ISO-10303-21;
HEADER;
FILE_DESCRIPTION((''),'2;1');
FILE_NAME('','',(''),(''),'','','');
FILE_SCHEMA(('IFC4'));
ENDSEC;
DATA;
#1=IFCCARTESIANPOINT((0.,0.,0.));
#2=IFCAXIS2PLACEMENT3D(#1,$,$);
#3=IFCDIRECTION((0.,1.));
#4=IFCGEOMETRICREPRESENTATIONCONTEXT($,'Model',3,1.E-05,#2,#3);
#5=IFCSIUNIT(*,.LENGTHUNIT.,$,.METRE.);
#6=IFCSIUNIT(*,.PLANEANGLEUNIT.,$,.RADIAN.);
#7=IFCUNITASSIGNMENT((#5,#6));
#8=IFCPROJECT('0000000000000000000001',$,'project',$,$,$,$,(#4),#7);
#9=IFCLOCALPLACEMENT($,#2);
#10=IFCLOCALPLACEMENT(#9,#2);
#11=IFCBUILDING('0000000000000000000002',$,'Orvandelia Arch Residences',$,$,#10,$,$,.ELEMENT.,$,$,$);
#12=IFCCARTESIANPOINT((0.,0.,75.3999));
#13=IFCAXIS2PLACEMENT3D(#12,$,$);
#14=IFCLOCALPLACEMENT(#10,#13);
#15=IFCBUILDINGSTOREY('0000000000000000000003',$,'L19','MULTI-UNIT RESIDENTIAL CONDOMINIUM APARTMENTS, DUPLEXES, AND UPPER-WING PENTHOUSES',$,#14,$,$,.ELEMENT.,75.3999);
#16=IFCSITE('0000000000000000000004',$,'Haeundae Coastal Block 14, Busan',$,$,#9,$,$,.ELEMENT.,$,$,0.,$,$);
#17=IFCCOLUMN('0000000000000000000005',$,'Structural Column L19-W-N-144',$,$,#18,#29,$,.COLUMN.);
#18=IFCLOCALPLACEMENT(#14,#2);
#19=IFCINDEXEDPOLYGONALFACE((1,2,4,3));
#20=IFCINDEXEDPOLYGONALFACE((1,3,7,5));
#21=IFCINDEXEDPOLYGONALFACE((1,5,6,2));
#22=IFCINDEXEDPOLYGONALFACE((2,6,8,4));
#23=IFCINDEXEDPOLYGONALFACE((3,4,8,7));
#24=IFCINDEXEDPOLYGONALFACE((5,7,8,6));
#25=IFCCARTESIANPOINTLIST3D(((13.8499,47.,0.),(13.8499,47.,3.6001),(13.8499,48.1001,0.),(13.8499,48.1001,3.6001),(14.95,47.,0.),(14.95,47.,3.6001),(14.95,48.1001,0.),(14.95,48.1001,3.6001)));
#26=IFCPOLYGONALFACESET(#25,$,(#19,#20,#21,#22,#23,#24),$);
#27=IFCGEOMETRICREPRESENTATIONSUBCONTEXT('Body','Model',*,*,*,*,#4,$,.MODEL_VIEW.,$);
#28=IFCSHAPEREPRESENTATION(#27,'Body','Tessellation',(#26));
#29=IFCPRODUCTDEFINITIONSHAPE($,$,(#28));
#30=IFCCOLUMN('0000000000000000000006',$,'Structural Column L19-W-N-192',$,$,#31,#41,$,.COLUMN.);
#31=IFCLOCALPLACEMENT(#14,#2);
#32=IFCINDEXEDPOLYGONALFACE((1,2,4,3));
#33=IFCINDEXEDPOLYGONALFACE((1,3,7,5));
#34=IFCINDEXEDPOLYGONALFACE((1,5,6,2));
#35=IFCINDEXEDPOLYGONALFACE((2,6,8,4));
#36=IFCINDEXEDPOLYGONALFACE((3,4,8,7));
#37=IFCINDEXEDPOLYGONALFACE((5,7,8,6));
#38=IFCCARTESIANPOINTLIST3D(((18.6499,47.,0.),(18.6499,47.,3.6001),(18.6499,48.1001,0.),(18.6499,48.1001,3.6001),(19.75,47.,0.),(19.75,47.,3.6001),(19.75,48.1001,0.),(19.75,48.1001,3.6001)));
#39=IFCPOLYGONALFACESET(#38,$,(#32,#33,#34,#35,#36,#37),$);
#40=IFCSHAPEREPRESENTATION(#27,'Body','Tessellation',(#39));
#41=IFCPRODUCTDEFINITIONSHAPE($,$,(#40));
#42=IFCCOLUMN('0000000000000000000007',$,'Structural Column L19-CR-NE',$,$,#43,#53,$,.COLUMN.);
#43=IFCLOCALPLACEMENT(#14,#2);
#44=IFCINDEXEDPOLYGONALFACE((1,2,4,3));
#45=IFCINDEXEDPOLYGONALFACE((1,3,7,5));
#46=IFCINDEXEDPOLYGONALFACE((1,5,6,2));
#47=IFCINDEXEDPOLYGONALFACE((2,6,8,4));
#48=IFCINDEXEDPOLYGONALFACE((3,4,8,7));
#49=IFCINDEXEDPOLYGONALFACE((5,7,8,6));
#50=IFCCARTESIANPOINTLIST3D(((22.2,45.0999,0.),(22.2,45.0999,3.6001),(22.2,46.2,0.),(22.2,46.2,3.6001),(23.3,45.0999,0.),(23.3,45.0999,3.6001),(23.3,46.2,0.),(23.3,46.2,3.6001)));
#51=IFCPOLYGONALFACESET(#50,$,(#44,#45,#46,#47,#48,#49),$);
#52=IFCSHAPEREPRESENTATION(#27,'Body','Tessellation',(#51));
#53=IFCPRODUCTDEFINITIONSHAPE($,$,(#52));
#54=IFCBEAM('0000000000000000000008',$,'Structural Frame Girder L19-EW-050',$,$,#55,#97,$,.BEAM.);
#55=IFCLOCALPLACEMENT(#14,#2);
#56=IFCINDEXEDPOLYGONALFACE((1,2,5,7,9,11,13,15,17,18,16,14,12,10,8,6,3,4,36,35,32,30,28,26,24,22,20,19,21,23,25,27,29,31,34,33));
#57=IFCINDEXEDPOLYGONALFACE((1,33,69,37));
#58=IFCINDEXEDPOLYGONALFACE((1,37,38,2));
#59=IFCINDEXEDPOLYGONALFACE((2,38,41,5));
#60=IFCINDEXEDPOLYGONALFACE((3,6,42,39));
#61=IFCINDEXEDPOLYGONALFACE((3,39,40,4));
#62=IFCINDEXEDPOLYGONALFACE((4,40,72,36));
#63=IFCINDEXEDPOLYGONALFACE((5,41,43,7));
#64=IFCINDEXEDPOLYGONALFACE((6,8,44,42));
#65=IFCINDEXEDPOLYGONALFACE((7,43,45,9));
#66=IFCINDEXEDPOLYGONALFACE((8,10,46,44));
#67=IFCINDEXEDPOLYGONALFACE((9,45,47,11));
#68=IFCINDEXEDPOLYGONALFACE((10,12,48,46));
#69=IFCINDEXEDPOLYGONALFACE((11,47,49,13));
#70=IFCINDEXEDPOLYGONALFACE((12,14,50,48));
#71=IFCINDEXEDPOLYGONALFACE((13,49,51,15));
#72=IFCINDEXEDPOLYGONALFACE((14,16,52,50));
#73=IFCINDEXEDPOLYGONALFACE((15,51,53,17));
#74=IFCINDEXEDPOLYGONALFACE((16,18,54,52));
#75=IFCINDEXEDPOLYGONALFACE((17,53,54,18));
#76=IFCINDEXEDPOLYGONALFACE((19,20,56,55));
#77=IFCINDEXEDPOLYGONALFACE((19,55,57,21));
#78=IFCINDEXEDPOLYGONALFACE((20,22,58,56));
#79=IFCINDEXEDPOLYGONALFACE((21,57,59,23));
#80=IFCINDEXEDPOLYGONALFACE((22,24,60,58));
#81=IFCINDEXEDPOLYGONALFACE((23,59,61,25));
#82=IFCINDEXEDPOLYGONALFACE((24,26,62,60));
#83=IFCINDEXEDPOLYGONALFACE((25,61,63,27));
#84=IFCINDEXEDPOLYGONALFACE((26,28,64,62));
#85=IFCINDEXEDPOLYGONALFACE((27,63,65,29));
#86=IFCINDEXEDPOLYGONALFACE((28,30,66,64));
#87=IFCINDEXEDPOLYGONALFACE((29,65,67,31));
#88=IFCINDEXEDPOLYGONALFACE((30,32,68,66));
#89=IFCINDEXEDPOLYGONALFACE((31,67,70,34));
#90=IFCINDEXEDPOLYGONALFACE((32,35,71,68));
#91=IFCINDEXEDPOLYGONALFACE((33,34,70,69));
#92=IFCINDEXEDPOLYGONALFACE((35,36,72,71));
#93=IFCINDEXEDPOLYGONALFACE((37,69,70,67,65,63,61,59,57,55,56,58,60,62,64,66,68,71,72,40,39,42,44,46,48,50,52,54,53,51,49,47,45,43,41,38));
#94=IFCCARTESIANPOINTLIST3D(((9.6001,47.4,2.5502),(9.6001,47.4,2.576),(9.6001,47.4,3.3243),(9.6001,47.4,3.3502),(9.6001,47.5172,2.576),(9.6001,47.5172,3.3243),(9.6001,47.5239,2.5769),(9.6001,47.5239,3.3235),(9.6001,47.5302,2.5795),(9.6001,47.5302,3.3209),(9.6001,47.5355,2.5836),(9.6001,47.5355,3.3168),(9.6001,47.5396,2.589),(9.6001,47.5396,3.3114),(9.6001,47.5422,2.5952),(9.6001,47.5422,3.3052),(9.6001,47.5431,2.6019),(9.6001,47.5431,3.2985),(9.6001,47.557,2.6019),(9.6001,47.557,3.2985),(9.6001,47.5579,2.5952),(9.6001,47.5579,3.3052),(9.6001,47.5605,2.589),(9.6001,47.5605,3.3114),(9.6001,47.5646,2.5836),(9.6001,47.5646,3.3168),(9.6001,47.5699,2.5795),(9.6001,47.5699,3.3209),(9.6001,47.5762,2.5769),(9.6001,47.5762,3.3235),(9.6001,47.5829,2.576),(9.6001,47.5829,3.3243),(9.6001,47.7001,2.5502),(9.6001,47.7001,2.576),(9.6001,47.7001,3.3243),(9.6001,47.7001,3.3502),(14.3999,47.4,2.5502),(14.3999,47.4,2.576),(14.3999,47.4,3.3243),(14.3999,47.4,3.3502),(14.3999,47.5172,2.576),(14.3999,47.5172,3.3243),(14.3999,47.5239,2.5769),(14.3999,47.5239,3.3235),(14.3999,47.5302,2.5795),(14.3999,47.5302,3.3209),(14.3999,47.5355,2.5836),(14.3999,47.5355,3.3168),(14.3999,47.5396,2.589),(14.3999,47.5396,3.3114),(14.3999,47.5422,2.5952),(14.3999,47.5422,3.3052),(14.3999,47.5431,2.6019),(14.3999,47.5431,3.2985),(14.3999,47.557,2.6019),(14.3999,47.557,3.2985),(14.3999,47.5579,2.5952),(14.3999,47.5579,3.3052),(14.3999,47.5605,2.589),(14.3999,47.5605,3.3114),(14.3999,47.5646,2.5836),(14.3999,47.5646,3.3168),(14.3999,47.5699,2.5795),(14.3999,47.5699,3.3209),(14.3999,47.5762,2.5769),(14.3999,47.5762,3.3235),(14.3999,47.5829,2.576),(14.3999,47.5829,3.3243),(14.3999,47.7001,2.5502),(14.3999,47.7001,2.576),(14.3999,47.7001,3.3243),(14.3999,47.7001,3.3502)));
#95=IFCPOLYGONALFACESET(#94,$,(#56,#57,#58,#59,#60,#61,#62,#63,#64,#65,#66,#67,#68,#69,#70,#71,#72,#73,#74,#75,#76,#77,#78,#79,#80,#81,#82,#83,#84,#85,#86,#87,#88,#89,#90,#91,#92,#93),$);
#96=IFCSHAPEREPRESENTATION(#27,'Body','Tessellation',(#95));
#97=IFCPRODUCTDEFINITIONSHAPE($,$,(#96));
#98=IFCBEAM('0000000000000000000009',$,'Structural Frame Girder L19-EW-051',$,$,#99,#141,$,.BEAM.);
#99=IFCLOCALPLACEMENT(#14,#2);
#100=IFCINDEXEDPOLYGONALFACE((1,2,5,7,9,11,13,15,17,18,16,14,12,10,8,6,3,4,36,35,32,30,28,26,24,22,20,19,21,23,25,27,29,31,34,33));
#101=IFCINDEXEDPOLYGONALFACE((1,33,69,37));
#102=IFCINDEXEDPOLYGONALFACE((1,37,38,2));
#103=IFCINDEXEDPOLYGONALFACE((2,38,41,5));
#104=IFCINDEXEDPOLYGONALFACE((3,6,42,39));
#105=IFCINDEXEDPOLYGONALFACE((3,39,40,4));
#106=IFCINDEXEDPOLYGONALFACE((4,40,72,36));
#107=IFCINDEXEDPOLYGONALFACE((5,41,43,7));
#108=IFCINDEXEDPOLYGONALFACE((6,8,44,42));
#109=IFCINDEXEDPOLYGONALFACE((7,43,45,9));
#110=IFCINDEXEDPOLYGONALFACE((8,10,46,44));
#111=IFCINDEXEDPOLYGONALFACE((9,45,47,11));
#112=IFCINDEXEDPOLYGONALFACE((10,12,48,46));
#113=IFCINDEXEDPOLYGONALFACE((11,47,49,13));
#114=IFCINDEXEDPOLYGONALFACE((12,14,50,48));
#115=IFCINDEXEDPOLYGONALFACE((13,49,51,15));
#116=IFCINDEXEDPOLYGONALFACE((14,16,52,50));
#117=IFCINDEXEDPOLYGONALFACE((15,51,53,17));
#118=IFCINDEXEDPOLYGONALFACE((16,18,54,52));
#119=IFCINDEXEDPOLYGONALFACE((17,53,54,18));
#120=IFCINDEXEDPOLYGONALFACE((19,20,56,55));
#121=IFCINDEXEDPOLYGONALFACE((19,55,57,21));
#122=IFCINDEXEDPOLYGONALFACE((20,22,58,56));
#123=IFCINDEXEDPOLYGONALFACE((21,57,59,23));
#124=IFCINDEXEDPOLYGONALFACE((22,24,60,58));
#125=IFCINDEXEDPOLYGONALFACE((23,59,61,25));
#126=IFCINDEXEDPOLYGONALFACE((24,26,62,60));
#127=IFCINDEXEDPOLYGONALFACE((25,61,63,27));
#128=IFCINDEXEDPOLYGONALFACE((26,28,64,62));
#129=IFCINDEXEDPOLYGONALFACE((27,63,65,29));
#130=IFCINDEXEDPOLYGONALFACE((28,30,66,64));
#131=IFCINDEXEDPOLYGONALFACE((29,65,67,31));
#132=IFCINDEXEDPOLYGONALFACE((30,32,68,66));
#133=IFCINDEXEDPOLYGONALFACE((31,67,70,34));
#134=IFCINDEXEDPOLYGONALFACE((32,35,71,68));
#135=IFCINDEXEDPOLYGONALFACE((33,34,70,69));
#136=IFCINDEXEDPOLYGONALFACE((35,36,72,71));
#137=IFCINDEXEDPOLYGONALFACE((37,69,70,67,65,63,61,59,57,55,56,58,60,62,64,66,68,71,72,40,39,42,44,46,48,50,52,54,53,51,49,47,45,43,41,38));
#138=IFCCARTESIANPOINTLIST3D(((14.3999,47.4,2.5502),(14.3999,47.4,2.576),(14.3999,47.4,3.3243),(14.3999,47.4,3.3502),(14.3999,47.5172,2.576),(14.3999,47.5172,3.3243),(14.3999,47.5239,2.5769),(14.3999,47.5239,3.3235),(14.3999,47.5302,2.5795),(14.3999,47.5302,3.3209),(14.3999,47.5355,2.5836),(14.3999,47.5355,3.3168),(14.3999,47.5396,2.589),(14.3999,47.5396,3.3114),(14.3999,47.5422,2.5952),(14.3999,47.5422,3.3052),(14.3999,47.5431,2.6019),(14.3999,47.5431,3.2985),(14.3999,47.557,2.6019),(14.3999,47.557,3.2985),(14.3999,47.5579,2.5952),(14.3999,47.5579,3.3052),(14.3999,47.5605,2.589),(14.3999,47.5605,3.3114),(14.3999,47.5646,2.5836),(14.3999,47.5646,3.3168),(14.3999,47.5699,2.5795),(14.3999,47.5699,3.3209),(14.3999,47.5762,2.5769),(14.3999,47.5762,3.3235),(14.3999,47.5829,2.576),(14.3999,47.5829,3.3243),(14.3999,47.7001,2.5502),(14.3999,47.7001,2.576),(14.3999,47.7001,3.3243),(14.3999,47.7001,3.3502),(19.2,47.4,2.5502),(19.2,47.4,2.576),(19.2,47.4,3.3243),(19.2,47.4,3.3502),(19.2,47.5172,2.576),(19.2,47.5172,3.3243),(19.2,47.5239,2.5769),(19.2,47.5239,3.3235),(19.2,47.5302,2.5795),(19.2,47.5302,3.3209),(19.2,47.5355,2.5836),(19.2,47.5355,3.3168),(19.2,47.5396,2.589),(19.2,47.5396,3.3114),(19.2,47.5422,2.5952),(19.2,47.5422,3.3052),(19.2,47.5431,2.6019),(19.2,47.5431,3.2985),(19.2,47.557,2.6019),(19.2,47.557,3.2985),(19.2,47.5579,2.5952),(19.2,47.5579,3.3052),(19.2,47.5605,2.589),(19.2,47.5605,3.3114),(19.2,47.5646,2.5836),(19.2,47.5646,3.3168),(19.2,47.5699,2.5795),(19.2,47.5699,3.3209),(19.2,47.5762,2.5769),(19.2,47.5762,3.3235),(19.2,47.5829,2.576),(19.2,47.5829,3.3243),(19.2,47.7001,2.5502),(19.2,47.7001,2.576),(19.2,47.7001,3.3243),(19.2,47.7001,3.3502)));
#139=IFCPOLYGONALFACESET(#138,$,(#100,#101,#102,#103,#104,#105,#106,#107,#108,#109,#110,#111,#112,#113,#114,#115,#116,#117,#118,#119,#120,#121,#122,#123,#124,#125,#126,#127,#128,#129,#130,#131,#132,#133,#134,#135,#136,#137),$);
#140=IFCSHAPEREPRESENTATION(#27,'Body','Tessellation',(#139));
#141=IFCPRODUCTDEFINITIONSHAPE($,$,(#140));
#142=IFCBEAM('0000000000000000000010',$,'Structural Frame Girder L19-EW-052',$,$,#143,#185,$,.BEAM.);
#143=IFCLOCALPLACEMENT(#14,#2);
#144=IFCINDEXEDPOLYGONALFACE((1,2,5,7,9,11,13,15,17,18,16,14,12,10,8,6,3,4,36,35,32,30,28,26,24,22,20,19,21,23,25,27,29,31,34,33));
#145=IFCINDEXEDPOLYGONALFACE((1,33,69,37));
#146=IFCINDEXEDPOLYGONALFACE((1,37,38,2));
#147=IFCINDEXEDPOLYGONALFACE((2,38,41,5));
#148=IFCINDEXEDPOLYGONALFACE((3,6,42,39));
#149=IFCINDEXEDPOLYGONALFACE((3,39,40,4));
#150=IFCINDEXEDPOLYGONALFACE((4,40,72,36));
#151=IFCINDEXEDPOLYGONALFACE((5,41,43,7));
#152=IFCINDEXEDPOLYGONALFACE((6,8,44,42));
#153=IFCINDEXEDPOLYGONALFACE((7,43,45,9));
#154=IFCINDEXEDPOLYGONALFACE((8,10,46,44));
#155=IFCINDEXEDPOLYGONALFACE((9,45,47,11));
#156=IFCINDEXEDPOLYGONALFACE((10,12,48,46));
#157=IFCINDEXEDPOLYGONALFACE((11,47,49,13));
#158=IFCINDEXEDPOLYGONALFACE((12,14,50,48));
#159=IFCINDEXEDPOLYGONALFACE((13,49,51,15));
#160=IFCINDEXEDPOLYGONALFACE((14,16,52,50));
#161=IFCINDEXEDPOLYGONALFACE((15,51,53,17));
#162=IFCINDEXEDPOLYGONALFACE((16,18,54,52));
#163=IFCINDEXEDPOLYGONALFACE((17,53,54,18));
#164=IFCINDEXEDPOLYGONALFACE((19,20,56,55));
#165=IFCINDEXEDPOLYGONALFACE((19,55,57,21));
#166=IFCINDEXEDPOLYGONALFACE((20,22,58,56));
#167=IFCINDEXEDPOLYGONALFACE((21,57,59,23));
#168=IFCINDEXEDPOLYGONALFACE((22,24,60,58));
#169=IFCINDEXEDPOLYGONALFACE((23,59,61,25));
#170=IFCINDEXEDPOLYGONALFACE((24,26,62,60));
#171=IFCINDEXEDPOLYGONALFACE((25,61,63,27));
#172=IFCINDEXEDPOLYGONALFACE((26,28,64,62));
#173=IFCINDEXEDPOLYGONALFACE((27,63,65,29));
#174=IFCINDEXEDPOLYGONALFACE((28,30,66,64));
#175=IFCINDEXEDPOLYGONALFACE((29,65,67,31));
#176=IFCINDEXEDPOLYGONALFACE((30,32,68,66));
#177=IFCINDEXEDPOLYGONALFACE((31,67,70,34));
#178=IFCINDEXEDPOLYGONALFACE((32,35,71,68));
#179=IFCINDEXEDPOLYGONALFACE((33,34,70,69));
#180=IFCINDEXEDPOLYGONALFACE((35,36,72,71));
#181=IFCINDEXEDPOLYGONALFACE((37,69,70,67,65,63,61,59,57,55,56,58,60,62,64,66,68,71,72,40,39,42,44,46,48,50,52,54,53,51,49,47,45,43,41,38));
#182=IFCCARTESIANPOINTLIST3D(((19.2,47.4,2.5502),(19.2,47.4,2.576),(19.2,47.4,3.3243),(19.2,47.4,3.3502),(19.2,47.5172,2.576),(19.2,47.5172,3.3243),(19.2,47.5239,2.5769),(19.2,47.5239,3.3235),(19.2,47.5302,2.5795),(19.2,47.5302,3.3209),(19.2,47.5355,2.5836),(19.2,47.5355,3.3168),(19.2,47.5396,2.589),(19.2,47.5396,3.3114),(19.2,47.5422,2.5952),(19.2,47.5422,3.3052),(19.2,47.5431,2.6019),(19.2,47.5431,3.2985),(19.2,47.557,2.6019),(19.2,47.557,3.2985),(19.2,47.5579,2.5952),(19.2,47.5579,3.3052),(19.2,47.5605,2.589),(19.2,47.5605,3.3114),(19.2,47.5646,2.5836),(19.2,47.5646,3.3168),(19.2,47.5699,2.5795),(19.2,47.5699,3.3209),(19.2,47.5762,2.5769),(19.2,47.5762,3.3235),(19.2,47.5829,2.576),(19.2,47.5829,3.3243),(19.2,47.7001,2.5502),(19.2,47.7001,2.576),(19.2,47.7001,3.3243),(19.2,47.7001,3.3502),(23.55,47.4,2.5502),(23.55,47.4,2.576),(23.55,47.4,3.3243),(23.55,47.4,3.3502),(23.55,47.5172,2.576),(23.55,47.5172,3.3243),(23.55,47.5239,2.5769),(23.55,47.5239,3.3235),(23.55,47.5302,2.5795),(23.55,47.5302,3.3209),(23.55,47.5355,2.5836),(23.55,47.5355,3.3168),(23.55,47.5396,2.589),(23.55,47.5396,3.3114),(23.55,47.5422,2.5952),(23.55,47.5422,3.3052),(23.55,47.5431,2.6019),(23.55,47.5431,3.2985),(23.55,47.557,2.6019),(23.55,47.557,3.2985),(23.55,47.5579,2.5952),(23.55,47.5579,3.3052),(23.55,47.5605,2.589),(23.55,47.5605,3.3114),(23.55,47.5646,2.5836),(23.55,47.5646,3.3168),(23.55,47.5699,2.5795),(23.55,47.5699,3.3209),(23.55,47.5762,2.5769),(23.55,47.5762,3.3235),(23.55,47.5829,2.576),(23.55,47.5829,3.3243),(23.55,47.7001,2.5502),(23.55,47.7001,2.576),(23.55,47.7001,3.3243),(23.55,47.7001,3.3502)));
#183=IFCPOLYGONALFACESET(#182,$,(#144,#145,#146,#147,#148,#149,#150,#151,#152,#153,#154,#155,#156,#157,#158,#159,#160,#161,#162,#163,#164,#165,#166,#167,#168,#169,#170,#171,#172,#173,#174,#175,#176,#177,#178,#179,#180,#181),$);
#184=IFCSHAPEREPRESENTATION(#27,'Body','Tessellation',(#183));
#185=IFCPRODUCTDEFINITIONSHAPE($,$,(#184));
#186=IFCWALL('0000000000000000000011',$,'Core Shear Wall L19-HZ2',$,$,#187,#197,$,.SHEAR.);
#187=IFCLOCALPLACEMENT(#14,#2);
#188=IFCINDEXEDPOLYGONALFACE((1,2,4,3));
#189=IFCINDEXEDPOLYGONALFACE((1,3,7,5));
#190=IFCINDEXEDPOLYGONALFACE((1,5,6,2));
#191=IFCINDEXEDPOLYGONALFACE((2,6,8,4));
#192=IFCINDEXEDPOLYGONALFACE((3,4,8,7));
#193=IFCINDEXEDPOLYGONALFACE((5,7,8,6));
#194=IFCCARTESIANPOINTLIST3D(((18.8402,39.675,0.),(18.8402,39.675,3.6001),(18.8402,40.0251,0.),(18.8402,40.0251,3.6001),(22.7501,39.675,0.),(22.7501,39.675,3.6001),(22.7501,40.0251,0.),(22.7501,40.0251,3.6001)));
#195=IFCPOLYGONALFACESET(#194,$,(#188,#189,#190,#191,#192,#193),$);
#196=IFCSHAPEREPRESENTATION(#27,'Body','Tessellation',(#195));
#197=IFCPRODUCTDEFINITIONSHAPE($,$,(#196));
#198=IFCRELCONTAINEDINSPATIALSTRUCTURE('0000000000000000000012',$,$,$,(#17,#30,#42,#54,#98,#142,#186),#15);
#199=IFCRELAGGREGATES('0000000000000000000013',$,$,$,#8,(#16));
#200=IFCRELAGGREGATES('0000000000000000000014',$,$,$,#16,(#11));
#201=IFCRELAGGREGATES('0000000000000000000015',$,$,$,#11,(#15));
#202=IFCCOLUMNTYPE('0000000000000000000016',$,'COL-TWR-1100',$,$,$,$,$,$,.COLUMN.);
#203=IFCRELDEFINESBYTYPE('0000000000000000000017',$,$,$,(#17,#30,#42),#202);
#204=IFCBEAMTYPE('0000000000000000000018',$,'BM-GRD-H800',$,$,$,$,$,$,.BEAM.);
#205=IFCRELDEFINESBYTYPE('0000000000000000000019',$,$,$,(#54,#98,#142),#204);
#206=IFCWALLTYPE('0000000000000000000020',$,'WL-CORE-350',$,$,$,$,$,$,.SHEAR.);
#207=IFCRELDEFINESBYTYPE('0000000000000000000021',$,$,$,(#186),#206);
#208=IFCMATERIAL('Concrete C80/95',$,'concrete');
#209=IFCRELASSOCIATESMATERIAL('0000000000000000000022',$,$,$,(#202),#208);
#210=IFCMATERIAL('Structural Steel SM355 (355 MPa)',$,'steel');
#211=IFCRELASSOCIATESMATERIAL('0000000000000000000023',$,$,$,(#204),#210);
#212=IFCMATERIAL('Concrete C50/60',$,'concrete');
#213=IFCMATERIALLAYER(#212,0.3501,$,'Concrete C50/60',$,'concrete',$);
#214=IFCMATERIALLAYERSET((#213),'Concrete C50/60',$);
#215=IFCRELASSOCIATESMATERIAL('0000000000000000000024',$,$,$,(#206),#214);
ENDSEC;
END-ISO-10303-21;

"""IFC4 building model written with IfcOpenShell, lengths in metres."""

from ifc_helpers import new_model, si_unit, direction, frame, frame_2d, origin, origin_2d, place, context, subcontext, project, spatial, rectangle, i_section, extrude, material, layer, layer_set, material_profile, profile_set, type_object, element, save


model = new_model("IFC4")

# Units and contexts
model_context = context("Model", 3, precision=1e-05, world=origin(), true_north=direction((0.0, 1.0)))
body_context = subcontext(model_context, "Body", "Model", "MODEL_VIEW")
ifc_project = project(units=[si_unit("LENGTHUNIT", "METRE"), si_unit("PLANEANGLEUNIT", "RADIAN")], contexts=[model_context])

# Site, building, storey
site_placement = place(None, origin())
site = spatial("IfcSite", under=ifc_project, at=site_placement, Name="Haeundae Coastal Block 14, Busan", CompositionType="ELEMENT", RefElevation=0.0)
building_placement = place(site_placement, origin())
building = spatial("IfcBuilding", under=site, at=building_placement, Name="Orvandelia Arch Residences", CompositionType="ELEMENT")
storey_placement = place(building_placement, frame((0.0, 0.0, 75.3999)))
storey = spatial("IfcBuildingStorey", under=building, at=storey_placement, Name="L19", Description="MULTI-UNIT RESIDENTIAL CONDOMINIUM APARTMENTS, DUPLEXES, AND UPPER-WING PENTHOUSES", CompositionType="ELEMENT", Elevation=75.3999)

# Columns
ifc_material_1 = material(Name="Concrete C80/95", Category="concrete")
ifc_material_profile_1 = material_profile(ifc_material_1, rectangle(XDim=1.1001, YDim=1.1001, at=origin_2d()), Name="Concrete C80/95", Category="concrete")
ifc_profile_set_1 = profile_set([ifc_material_profile_1], Name="Concrete C80/95")
column_type = type_object("IfcColumnType", Name="COL-TWR-1100", PredefinedType="COLUMN", material=ifc_profile_set_1)
for number, where, z_axis, x_axis, name in (
    (1, (14.3999, 47.55, 0.0), (0.0, 0.0, 1.0), (1.0, 0.0, 0.0), "Structural Column L19-W-N-144"),
    (2, (19.2, 47.55, 0.0), (0.0, 0.0, 1.0), (1.0, 0.0, 0.0), "Structural Column L19-W-N-192"),
    (3, (22.75, 45.6499, 0.0), (0.0, 0.0, 1.0), (1.0, 0.0, 0.0), "Structural Column L19-CR-NE"),
):
    element("IfcColumn", number, at=place(storey_placement, frame(where, z_axis=z_axis, x_axis=x_axis)), inside=storey, type_object=column_type, Name=name, PredefinedType="COLUMN", context=body_context, shape_type="SweptSolid", body=[
        extrude(rectangle(XDim=1.1001, YDim=1.1001, at=origin_2d()), origin(), (0.0, 0.0, 1.0), 3.6001),
    ])

# Beams
ifc_material_2 = material(Name="Structural Steel SM355 (355 MPa)", Category="steel")
ifc_material_profile_2 = material_profile(ifc_material_2, i_section(OverallWidth=0.3, OverallDepth=0.8, WebThickness=0.0139, FlangeThickness=0.0259, FilletRadius=0.0259, at=origin_2d()), Name="Structural Steel SM355 (355 MPa)", Category="steel")
ifc_profile_set_2 = profile_set([ifc_material_profile_2], Name="Structural Steel SM355 (355 MPa)")
beam_type = type_object("IfcBeamType", Name="BM-GRD-H800", PredefinedType="BEAM", material=ifc_profile_set_2)
beam_1_placement = place(storey_placement, frame((9.6001, 47.55, 2.9502), z_axis=(1.0, 0.0, 0.0), x_axis=(0.0, 1.0, 0.0)))
element("IfcBeam", 4, at=beam_1_placement, inside=storey, type_object=beam_type, Name="Structural Frame Girder L19-EW-050", PredefinedType="BEAM", context=body_context, shape_type="SweptSolid", body=[
    extrude(i_section(OverallWidth=0.3, OverallDepth=0.8, WebThickness=0.0139, FlangeThickness=0.0259, FilletRadius=0.0259, at=origin_2d()), origin(), (0.0, 0.0, 1.0), 4.7998),
])
beam_2_placement = place(storey_placement, frame((14.3999, 47.55, 2.9502), z_axis=(1.0, 0.0, 0.0), x_axis=(0.0, 1.0, 0.0)))
element("IfcBeam", 5, at=beam_2_placement, inside=storey, type_object=beam_type, Name="Structural Frame Girder L19-EW-051", PredefinedType="BEAM", context=body_context, shape_type="SweptSolid", body=[
    extrude(i_section(OverallWidth=0.3, OverallDepth=0.8, WebThickness=0.0139, FlangeThickness=0.0259, FilletRadius=0.0259, at=origin_2d()), origin(), (0.0, 0.0, 1.0), 4.8),
])
beam_3_placement = place(storey_placement, frame((19.2, 47.55, 2.9502), z_axis=(1.0, 0.0, 0.0), x_axis=(0.0, 1.0, 0.0)))
element("IfcBeam", 6, at=beam_3_placement, inside=storey, type_object=beam_type, Name="Structural Frame Girder L19-EW-052", PredefinedType="BEAM", context=body_context, shape_type="SweptSolid", body=[
    extrude(i_section(OverallWidth=0.3, OverallDepth=0.8, WebThickness=0.0139, FlangeThickness=0.0259, FilletRadius=0.0259, at=origin_2d()), origin(), (0.0, 0.0, 1.0), 4.3501),
])

# Wall
ifc_material_3 = material(Name="Concrete C50/60", Category="concrete")
ifc_layer_1 = layer(ifc_material_3, 0.3501, Name="Concrete C50/60", Category="concrete")
ifc_layer_set_1 = layer_set([ifc_layer_1], Name="Concrete C50/60")
wall_type_1 = type_object("IfcWallType", Name="WL-CORE-350", PredefinedType="SHEAR", material=ifc_layer_set_1)
wall_1_placement = place(storey_placement, frame((18.8401, 39.8501, 0.0), z_axis=(0.0, 0.0, 1.0), x_axis=(1.0, 0.0, 0.0)))
element("IfcWall", 7, at=wall_1_placement, inside=storey, type_object=wall_type_1, Name="Core Shear Wall L19-HZ2", PredefinedType="SHEAR", context=body_context, shape_type="SweptSolid", body=[
    extrude(rectangle(XDim=3.9099, YDim=0.3501, at=frame_2d((1.9551, 0.0))), origin(), (0.0, 0.0, 1.0), 3.6001),
])

save(model, "model.ifc")
